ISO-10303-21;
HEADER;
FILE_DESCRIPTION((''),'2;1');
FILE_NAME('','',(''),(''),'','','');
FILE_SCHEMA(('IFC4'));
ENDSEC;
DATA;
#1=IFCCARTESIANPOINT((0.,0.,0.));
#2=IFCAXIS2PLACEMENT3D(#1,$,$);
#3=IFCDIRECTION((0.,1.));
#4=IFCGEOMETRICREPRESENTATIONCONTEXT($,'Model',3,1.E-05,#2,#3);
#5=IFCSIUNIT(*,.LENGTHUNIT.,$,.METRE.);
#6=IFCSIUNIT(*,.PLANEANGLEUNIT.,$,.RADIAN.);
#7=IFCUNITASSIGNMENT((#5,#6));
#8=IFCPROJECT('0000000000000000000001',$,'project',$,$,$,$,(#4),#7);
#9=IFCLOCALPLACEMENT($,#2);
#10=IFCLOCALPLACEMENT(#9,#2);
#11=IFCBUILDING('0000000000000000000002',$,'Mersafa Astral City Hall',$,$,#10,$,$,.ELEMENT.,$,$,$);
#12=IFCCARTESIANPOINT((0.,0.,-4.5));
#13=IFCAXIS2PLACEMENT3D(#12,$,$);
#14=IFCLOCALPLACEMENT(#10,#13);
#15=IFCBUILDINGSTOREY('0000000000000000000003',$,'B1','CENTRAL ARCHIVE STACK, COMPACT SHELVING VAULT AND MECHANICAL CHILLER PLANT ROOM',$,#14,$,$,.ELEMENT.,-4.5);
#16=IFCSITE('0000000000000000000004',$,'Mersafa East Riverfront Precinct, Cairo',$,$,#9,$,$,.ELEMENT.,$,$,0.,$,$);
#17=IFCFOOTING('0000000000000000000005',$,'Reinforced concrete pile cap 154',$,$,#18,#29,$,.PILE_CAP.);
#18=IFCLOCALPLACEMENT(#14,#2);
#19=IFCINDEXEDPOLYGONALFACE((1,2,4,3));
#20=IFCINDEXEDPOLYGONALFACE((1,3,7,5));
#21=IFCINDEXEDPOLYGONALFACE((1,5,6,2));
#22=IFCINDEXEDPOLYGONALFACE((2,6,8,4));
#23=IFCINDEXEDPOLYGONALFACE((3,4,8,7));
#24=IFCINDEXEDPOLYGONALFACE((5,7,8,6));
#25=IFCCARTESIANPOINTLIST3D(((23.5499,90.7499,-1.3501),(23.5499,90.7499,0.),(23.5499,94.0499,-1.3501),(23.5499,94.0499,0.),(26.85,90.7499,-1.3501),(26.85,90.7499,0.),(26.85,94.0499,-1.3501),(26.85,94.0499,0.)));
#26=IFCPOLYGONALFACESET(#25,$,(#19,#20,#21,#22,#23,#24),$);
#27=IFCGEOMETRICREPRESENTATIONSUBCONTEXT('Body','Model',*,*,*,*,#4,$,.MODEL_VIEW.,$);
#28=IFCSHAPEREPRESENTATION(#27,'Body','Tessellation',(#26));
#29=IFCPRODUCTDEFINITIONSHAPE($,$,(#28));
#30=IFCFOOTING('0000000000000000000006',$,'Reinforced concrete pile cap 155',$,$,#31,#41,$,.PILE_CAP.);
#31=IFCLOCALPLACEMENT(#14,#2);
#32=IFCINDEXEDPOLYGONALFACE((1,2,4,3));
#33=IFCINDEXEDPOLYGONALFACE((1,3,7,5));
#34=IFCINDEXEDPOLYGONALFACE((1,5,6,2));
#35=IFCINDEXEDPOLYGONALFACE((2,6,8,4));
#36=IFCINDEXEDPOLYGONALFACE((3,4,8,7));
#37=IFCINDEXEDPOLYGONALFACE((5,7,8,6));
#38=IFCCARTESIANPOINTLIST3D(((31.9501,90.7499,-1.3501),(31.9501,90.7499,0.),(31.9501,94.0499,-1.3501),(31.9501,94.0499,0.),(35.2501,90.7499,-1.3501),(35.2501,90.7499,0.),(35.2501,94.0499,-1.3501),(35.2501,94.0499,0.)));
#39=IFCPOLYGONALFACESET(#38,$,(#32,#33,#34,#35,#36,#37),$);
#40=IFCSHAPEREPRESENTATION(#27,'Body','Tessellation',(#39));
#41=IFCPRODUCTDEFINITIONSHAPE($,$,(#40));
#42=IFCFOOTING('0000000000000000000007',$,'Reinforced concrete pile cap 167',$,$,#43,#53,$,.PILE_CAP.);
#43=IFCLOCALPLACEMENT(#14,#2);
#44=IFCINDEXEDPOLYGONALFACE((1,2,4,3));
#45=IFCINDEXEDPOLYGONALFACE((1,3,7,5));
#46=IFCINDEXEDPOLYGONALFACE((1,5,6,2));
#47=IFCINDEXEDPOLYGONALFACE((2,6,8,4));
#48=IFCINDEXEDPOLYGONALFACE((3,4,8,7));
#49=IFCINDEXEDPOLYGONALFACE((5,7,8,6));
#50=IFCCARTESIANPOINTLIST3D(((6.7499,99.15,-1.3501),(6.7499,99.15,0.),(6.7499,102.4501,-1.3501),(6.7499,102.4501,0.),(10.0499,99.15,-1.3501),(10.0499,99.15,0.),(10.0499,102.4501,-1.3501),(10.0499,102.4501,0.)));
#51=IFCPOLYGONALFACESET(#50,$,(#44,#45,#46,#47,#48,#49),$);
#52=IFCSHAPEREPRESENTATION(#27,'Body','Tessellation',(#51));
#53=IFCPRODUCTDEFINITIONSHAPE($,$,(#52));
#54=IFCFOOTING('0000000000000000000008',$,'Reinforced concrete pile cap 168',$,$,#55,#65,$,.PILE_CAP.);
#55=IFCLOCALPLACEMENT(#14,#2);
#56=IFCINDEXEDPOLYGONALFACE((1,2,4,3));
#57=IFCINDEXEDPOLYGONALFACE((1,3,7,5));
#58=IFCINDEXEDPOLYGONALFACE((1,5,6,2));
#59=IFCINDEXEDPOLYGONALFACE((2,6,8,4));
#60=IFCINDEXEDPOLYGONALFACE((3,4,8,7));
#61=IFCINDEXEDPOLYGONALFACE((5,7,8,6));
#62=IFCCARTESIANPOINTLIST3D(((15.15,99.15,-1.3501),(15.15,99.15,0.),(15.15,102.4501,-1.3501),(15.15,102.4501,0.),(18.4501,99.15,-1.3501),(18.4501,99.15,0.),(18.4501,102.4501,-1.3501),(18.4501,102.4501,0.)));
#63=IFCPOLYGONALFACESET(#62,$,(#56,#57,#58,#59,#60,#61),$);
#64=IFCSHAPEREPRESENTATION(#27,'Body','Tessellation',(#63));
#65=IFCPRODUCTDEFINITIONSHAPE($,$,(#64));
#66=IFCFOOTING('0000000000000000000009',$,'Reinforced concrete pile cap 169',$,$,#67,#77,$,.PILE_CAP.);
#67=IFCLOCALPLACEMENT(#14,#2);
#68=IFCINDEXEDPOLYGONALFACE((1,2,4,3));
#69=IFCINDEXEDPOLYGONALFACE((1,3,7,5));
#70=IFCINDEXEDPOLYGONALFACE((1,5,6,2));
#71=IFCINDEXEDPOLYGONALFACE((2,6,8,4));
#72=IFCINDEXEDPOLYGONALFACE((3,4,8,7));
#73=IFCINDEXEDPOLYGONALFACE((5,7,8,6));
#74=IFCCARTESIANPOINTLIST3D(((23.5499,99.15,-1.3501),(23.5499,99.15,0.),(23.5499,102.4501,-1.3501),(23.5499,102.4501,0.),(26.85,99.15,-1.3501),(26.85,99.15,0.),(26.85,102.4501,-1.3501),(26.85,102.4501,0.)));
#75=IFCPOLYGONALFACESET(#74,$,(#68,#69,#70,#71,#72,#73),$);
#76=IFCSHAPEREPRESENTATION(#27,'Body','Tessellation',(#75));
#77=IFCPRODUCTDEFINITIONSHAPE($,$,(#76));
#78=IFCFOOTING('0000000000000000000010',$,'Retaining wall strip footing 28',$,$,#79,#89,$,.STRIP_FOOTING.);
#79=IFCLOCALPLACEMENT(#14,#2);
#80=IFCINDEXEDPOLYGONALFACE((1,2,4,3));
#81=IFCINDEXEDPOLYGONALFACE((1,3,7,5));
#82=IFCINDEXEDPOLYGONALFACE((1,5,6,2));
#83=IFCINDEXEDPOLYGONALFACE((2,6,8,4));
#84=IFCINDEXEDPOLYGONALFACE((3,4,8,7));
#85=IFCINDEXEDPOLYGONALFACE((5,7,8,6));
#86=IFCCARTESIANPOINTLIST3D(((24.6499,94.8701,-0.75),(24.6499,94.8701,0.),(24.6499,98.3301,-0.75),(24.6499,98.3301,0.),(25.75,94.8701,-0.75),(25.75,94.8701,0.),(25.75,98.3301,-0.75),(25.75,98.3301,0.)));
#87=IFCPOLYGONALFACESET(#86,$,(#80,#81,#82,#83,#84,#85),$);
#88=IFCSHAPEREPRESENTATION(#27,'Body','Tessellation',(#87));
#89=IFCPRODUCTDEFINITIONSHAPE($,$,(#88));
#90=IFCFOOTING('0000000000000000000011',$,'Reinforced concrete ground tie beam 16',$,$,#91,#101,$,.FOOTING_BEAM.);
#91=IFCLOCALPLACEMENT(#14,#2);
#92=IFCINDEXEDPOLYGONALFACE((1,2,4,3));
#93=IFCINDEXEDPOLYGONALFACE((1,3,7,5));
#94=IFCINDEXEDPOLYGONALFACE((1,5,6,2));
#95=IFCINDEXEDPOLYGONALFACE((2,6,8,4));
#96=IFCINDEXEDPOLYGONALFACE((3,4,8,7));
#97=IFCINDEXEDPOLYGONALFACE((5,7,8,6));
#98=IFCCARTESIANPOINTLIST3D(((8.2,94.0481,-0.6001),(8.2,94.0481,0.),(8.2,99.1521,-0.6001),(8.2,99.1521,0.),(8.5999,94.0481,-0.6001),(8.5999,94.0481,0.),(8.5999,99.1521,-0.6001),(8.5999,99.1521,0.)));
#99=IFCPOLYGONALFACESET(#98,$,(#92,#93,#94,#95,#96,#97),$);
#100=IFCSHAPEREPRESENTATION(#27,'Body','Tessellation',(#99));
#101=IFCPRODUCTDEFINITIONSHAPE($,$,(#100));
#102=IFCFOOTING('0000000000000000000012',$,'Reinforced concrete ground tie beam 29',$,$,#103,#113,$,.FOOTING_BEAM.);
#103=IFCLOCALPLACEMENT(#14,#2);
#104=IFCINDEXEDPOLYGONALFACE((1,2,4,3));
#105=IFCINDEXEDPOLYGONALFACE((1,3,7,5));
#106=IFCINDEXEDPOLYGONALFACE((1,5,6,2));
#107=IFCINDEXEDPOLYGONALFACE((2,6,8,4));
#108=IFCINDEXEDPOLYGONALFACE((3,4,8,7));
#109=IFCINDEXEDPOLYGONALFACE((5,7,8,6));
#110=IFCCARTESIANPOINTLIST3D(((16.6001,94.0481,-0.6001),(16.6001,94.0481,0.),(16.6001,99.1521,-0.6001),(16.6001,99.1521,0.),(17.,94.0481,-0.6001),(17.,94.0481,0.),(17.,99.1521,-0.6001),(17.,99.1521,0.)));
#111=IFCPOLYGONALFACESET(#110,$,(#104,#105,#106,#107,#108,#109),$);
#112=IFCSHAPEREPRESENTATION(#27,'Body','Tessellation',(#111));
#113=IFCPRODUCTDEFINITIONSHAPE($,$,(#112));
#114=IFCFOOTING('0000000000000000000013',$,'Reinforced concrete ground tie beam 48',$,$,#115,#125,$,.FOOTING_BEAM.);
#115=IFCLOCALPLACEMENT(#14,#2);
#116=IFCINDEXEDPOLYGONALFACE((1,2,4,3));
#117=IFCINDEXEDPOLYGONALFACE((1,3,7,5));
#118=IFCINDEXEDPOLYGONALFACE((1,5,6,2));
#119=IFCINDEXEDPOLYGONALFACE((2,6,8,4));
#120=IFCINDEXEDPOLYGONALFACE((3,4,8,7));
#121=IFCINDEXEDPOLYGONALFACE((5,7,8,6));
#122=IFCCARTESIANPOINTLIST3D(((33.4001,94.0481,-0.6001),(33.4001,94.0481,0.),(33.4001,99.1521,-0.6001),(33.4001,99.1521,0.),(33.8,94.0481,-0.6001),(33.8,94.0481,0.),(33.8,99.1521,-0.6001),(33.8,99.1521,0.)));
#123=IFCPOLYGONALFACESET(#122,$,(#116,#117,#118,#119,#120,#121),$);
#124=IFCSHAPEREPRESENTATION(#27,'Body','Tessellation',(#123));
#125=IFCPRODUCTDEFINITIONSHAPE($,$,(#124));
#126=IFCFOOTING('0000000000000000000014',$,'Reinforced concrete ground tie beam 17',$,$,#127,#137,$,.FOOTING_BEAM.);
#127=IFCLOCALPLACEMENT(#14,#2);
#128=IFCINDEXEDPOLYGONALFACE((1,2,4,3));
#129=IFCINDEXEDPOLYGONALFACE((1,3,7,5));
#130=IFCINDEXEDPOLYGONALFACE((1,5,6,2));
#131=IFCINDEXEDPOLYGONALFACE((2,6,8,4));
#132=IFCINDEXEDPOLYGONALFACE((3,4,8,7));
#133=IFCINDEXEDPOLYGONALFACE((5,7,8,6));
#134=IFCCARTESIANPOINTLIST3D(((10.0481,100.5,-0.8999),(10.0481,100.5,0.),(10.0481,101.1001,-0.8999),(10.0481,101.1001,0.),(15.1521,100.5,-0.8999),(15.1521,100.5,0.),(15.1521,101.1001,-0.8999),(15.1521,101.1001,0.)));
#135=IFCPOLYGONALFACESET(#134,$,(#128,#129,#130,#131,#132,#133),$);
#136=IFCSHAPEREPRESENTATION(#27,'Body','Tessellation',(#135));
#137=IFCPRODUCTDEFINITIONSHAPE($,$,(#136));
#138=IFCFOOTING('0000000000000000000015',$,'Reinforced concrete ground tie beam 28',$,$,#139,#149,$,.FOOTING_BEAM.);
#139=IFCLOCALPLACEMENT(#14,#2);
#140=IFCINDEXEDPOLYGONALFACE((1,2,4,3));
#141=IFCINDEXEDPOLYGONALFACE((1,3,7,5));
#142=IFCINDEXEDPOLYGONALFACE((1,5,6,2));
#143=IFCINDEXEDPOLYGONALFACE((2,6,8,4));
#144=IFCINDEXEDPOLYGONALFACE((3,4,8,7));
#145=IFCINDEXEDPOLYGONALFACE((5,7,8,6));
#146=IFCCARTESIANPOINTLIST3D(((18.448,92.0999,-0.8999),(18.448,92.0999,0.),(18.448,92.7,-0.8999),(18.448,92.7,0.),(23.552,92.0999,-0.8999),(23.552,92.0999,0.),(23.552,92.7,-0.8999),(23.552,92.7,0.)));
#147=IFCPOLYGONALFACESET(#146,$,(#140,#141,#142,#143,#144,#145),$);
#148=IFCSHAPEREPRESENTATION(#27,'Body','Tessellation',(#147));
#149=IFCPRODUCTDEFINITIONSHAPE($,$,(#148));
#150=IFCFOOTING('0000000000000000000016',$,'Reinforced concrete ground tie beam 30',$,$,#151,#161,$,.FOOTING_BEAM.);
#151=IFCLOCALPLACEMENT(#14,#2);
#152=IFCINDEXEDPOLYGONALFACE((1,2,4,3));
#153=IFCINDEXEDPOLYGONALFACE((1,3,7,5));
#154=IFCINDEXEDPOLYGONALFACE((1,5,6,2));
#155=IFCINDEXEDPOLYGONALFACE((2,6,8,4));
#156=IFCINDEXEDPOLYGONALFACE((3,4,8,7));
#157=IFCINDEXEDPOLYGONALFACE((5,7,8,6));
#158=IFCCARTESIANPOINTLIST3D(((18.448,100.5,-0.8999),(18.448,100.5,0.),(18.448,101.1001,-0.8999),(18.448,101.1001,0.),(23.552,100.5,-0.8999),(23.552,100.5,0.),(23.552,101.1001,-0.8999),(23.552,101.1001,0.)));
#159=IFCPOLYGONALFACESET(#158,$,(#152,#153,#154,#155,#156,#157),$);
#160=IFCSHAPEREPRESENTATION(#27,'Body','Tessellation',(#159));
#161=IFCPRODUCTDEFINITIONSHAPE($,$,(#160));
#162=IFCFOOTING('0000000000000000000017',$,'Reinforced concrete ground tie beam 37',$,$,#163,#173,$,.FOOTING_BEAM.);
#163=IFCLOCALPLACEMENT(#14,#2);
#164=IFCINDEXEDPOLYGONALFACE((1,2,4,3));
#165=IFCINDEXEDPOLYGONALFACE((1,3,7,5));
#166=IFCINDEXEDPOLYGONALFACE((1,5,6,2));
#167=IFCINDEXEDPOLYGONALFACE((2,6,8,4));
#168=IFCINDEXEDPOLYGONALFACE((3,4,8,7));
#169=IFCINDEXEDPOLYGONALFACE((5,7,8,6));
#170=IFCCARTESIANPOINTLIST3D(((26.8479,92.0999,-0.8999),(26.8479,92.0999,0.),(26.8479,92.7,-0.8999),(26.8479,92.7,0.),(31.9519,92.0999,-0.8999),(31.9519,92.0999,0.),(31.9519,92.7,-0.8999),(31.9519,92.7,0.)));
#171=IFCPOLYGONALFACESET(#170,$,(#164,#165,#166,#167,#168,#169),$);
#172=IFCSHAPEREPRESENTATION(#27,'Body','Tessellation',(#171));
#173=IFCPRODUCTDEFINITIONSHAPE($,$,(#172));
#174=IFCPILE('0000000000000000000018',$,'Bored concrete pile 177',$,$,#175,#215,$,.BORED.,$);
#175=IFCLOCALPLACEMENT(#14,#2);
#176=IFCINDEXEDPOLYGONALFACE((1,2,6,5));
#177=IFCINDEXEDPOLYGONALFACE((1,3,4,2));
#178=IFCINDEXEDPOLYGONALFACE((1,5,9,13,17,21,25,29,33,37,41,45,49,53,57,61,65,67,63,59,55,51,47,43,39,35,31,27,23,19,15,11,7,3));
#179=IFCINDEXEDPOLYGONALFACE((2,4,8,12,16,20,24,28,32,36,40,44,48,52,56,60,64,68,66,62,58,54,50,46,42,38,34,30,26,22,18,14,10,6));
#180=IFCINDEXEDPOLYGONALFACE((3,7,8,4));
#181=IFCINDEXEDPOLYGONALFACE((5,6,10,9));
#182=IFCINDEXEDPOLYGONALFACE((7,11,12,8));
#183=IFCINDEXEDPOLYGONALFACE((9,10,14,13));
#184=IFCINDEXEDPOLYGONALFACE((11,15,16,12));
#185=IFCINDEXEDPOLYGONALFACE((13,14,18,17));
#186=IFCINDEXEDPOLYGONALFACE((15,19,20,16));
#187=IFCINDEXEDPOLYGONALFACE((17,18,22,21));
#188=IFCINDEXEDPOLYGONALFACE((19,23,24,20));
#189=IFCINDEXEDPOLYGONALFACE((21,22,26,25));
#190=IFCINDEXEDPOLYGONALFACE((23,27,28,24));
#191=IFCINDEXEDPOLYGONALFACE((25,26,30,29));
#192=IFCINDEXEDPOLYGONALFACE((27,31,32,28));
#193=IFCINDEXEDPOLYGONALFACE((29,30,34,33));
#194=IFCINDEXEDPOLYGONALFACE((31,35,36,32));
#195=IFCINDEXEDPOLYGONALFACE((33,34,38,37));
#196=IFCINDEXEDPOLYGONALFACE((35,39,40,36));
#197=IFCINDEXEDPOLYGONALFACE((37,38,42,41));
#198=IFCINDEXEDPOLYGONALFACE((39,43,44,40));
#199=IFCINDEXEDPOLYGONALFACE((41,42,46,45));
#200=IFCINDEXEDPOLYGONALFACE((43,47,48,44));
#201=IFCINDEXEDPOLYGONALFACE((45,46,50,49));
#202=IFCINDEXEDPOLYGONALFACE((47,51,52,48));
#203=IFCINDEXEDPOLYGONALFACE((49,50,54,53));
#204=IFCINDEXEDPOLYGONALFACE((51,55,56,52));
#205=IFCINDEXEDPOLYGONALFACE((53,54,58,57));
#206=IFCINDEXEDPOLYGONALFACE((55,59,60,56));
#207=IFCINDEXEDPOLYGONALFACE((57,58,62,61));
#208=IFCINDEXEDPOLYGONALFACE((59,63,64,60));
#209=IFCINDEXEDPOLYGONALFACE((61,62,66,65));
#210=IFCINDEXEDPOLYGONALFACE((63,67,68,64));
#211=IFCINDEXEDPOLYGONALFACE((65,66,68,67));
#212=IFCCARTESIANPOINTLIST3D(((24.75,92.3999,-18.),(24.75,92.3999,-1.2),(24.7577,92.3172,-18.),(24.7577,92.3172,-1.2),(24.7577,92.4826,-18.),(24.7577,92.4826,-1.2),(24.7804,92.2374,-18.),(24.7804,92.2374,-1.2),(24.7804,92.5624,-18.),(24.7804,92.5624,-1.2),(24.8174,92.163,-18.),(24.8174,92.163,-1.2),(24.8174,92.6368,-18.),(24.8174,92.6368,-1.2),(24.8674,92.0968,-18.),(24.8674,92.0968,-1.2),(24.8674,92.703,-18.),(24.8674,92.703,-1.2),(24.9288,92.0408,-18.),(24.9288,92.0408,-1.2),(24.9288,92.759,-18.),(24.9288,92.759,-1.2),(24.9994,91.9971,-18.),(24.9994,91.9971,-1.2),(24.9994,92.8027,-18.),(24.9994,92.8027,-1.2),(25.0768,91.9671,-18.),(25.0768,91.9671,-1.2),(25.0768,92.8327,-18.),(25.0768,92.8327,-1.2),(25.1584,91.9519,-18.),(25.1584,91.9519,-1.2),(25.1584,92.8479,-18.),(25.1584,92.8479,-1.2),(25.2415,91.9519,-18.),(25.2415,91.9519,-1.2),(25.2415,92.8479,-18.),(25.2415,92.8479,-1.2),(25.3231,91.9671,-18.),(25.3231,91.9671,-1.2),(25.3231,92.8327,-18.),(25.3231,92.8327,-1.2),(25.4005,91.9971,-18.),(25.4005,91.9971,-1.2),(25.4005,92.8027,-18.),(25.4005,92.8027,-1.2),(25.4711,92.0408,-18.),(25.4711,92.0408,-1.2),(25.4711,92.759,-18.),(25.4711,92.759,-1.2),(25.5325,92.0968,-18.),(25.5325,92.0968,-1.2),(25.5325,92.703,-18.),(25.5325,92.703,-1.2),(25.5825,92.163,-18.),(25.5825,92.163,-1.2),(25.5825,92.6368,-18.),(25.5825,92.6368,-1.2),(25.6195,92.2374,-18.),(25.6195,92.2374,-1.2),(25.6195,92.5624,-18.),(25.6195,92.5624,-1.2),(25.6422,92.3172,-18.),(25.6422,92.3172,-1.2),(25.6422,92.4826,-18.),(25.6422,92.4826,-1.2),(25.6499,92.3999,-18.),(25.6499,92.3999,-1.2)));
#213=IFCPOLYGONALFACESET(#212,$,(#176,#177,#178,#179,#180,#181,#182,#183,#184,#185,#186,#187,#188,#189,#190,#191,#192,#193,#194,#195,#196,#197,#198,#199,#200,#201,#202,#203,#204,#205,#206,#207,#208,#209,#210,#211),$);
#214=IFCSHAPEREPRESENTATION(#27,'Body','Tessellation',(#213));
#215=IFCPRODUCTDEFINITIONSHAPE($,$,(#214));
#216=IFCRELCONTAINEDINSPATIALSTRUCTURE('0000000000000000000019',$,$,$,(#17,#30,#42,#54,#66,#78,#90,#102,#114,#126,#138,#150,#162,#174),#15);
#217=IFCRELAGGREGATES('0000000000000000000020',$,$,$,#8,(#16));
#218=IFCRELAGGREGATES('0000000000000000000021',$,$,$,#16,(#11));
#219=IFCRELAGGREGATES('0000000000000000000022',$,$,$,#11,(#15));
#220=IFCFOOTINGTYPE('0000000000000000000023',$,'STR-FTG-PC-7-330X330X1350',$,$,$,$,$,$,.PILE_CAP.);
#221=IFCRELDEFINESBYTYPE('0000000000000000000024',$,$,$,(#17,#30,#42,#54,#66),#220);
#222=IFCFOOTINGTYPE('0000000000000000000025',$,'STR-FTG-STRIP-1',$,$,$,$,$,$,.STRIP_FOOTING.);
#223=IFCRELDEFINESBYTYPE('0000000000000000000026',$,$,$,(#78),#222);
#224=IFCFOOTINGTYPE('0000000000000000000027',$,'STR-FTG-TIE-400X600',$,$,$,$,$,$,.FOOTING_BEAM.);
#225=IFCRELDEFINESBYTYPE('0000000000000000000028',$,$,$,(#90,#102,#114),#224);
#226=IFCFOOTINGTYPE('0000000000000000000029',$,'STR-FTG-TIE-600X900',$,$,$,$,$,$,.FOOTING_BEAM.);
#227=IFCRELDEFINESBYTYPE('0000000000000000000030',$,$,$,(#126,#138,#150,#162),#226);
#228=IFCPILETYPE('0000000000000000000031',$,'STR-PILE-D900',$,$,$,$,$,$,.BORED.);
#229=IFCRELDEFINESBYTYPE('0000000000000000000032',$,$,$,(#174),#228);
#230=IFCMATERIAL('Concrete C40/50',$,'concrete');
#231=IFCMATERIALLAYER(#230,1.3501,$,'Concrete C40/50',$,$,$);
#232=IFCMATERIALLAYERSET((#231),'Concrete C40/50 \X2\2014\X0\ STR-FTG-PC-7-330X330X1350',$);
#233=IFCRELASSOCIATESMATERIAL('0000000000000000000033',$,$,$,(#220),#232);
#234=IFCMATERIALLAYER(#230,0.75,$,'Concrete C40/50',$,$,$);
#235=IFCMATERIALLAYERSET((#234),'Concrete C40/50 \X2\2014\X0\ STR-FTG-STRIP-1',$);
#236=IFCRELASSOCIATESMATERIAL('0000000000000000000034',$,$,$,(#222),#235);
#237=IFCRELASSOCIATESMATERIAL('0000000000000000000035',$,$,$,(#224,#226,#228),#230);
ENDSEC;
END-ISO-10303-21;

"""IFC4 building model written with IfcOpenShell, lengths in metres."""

from ifc_helpers import new_model, si_unit, direction, frame, origin, origin_2d, place, context, subcontext, project, spatial, rectangle, circle, extrude, material, layer, layer_set, material_profile, profile_set, type_object, element, save


model = new_model("IFC4")

# Units and contexts
model_context = context("Model", 3, precision=1e-05, world=origin(), true_north=direction((0.0, 1.0)))
body_context = subcontext(model_context, "Body", "Model", "MODEL_VIEW")
ifc_project = project(units=[si_unit("LENGTHUNIT", "METRE"), si_unit("PLANEANGLEUNIT", "RADIAN")], contexts=[model_context])

# Site, building, storey
site_placement = place(None, origin())
site = spatial("IfcSite", under=ifc_project, at=site_placement, Name="Mersafa East Riverfront Precinct, Cairo", CompositionType="ELEMENT", RefElevation=0.0)
building_placement = place(site_placement, origin())
building = spatial("IfcBuilding", under=site, at=building_placement, Name="Mersafa Astral City Hall", CompositionType="ELEMENT")
storey_placement = place(building_placement, frame((0.0, 0.0, -4.5)))
storey = spatial("IfcBuildingStorey", under=building, at=storey_placement, Name="B1", Description="CENTRAL ARCHIVE STACK, COMPACT SHELVING VAULT AND MECHANICAL CHILLER PLANT ROOM", CompositionType="ELEMENT", Elevation=-4.5)

# Footings
ifc_material_1 = material(Name="Concrete C40/50", Category="concrete")
ifc_layer_1 = layer(ifc_material_1, 1.3501, Name="Concrete C40/50")
ifc_layer_set_1 = layer_set([ifc_layer_1], Name="Concrete C40/50 — STR-FTG-PC-7-330X330X1350")
footing_type_1 = type_object("IfcFootingType", Name="STR-FTG-PC-7-330X330X1350", PredefinedType="PILE_CAP", material=ifc_layer_set_1)
for number, where, z_axis, x_axis, name in (
    (1, (25.2, 92.3999, -1.3501), (0.0, 0.0, 1.0), (1.0, 0.0, 0.0), "Reinforced concrete pile cap 154"),
    (2, (33.6001, 92.3999, -1.3501), (0.0, 0.0, 1.0), (1.0, 0.0, 0.0), "Reinforced concrete pile cap 155"),
    (3, (8.3999, 100.8, -1.3501), (0.0, 0.0, 1.0), (1.0, 0.0, 0.0), "Reinforced concrete pile cap 167"),
    (4, (16.8, 100.8, -1.3501), (0.0, 0.0, 1.0), (1.0, 0.0, 0.0), "Reinforced concrete pile cap 168"),
    (5, (25.2, 100.8, -1.3501), (0.0, 0.0, 1.0), (1.0, 0.0, 0.0), "Reinforced concrete pile cap 169"),
):
    element("IfcFooting", number, at=place(storey_placement, frame(where, z_axis=z_axis, x_axis=x_axis)), inside=storey, type_object=footing_type_1, Name=name, PredefinedType="PILE_CAP", context=body_context, shape_type="SweptSolid", body=[
        extrude(rectangle(XDim=3.3, YDim=3.3, at=origin_2d()), origin(), (0.0, 0.0, 1.0), 1.3501),
    ])
ifc_layer_2 = layer(ifc_material_1, 0.75, Name="Concrete C40/50")
ifc_layer_set_2 = layer_set([ifc_layer_2], Name="Concrete C40/50 — STR-FTG-STRIP-1")
footing_type_2 = type_object("IfcFootingType", Name="STR-FTG-STRIP-1", PredefinedType="STRIP_FOOTING", material=ifc_layer_set_2)
footing_placement = place(storey_placement, frame((25.2, 96.6001, -0.75), z_axis=(0.0, 0.0, 1.0), x_axis=(0.0, 1.0, 0.0)))
element("IfcFooting", 6, at=footing_placement, inside=storey, type_object=footing_type_2, Name="Retaining wall strip footing 28", PredefinedType="STRIP_FOOTING", context=body_context, shape_type="SweptSolid", body=[
    extrude(rectangle(XDim=3.46, YDim=1.1001, at=origin_2d()), origin(), (0.0, 0.0, 1.0), 0.75),
])
ifc_material_profile_1 = material_profile(ifc_material_1, rectangle(XDim=0.3999, YDim=0.6001, at=origin_2d()), Name="RC 400x600")
ifc_profile_set_1 = profile_set([ifc_material_profile_1], Name="Concrete C40/50")
footing_type_3 = type_object("IfcFootingType", Name="STR-FTG-TIE-400X600", PredefinedType="FOOTING_BEAM", material=ifc_profile_set_1)
for number, where, z_axis, x_axis, name in (
    (7, (8.3999, 94.0481, -0.3), (0.0, 1.0, 0.0), (-1.0, 0.0, 0.0), "Reinforced concrete ground tie beam 16"),
    (8, (16.8, 94.0481, -0.3), (0.0, 1.0, 0.0), (-1.0, 0.0, 0.0), "Reinforced concrete ground tie beam 29"),
    (9, (33.6001, 94.0481, -0.3), (0.0, 1.0, 0.0), (-1.0, 0.0, 0.0), "Reinforced concrete ground tie beam 48"),
):
    element("IfcFooting", number, at=place(storey_placement, frame(where, z_axis=z_axis, x_axis=x_axis)), inside=storey, type_object=footing_type_3, Name=name, PredefinedType="FOOTING_BEAM", context=body_context, shape_type="SweptSolid", body=[
        extrude(rectangle(XDim=0.3999, YDim=0.6001, at=origin_2d()), origin(), (0.0, 0.0, 1.0), 5.104),
    ])
ifc_material_profile_2 = material_profile(ifc_material_1, rectangle(XDim=0.6001, YDim=0.8999, at=origin_2d()), Name="RC 600x900")
ifc_profile_set_2 = profile_set([ifc_material_profile_2], Name="Concrete C40/50")
footing_type_4 = type_object("IfcFootingType", Name="STR-FTG-TIE-600X900", PredefinedType="FOOTING_BEAM", material=ifc_profile_set_2)
for number, where, z_axis, x_axis, name in (
    (10, (10.0481, 100.8, -0.45), (1.0, 0.0, 0.0), (0.0, 1.0, 0.0), "Reinforced concrete ground tie beam 17"),
    (11, (18.448, 92.3999, -0.45), (1.0, 0.0, 0.0), (0.0, 1.0, 0.0), "Reinforced concrete ground tie beam 28"),
    (12, (18.448, 100.8, -0.45), (1.0, 0.0, 0.0), (0.0, 1.0, 0.0), "Reinforced concrete ground tie beam 30"),
    (13, (26.8479, 92.3999, -0.45), (1.0, 0.0, 0.0), (0.0, 1.0, 0.0), "Reinforced concrete ground tie beam 37"),
):
    element("IfcFooting", number, at=place(storey_placement, frame(where, z_axis=z_axis, x_axis=x_axis)), inside=storey, type_object=footing_type_4, Name=name, PredefinedType="FOOTING_BEAM", context=body_context, shape_type="SweptSolid", body=[
        extrude(rectangle(XDim=0.6001, YDim=0.8999, at=origin_2d()), origin(), (0.0, 0.0, 1.0), 5.104),
    ])

# Pile
ifc_material_profile_3 = material_profile(ifc_material_1, circle(Radius=0.45, at=origin_2d()), Name="PILE D900")
ifc_profile_set_3 = profile_set([ifc_material_profile_3], Name="Concrete C40/50")
pile_type = type_object("IfcPileType", Name="STR-PILE-D900", PredefinedType="BORED", material=ifc_profile_set_3)
for number, where, z_axis, x_axis, name in (
    (14, (25.2, 92.3999, -1.2), (0.0, 0.0, -1.0), (1.0, 0.0, 0.0), "Bored concrete pile 177"),
):
    element("IfcPile", number, at=place(storey_placement, frame(where, z_axis=z_axis, x_axis=x_axis)), inside=storey, type_object=pile_type, Name=name, PredefinedType="BORED", context=body_context, shape_type="SweptSolid", body=[
        extrude(circle(Radius=0.45, at=origin_2d()), origin(), (0.0, 0.0, 1.0), 16.8),
    ])

save(model, "model.ifc")
